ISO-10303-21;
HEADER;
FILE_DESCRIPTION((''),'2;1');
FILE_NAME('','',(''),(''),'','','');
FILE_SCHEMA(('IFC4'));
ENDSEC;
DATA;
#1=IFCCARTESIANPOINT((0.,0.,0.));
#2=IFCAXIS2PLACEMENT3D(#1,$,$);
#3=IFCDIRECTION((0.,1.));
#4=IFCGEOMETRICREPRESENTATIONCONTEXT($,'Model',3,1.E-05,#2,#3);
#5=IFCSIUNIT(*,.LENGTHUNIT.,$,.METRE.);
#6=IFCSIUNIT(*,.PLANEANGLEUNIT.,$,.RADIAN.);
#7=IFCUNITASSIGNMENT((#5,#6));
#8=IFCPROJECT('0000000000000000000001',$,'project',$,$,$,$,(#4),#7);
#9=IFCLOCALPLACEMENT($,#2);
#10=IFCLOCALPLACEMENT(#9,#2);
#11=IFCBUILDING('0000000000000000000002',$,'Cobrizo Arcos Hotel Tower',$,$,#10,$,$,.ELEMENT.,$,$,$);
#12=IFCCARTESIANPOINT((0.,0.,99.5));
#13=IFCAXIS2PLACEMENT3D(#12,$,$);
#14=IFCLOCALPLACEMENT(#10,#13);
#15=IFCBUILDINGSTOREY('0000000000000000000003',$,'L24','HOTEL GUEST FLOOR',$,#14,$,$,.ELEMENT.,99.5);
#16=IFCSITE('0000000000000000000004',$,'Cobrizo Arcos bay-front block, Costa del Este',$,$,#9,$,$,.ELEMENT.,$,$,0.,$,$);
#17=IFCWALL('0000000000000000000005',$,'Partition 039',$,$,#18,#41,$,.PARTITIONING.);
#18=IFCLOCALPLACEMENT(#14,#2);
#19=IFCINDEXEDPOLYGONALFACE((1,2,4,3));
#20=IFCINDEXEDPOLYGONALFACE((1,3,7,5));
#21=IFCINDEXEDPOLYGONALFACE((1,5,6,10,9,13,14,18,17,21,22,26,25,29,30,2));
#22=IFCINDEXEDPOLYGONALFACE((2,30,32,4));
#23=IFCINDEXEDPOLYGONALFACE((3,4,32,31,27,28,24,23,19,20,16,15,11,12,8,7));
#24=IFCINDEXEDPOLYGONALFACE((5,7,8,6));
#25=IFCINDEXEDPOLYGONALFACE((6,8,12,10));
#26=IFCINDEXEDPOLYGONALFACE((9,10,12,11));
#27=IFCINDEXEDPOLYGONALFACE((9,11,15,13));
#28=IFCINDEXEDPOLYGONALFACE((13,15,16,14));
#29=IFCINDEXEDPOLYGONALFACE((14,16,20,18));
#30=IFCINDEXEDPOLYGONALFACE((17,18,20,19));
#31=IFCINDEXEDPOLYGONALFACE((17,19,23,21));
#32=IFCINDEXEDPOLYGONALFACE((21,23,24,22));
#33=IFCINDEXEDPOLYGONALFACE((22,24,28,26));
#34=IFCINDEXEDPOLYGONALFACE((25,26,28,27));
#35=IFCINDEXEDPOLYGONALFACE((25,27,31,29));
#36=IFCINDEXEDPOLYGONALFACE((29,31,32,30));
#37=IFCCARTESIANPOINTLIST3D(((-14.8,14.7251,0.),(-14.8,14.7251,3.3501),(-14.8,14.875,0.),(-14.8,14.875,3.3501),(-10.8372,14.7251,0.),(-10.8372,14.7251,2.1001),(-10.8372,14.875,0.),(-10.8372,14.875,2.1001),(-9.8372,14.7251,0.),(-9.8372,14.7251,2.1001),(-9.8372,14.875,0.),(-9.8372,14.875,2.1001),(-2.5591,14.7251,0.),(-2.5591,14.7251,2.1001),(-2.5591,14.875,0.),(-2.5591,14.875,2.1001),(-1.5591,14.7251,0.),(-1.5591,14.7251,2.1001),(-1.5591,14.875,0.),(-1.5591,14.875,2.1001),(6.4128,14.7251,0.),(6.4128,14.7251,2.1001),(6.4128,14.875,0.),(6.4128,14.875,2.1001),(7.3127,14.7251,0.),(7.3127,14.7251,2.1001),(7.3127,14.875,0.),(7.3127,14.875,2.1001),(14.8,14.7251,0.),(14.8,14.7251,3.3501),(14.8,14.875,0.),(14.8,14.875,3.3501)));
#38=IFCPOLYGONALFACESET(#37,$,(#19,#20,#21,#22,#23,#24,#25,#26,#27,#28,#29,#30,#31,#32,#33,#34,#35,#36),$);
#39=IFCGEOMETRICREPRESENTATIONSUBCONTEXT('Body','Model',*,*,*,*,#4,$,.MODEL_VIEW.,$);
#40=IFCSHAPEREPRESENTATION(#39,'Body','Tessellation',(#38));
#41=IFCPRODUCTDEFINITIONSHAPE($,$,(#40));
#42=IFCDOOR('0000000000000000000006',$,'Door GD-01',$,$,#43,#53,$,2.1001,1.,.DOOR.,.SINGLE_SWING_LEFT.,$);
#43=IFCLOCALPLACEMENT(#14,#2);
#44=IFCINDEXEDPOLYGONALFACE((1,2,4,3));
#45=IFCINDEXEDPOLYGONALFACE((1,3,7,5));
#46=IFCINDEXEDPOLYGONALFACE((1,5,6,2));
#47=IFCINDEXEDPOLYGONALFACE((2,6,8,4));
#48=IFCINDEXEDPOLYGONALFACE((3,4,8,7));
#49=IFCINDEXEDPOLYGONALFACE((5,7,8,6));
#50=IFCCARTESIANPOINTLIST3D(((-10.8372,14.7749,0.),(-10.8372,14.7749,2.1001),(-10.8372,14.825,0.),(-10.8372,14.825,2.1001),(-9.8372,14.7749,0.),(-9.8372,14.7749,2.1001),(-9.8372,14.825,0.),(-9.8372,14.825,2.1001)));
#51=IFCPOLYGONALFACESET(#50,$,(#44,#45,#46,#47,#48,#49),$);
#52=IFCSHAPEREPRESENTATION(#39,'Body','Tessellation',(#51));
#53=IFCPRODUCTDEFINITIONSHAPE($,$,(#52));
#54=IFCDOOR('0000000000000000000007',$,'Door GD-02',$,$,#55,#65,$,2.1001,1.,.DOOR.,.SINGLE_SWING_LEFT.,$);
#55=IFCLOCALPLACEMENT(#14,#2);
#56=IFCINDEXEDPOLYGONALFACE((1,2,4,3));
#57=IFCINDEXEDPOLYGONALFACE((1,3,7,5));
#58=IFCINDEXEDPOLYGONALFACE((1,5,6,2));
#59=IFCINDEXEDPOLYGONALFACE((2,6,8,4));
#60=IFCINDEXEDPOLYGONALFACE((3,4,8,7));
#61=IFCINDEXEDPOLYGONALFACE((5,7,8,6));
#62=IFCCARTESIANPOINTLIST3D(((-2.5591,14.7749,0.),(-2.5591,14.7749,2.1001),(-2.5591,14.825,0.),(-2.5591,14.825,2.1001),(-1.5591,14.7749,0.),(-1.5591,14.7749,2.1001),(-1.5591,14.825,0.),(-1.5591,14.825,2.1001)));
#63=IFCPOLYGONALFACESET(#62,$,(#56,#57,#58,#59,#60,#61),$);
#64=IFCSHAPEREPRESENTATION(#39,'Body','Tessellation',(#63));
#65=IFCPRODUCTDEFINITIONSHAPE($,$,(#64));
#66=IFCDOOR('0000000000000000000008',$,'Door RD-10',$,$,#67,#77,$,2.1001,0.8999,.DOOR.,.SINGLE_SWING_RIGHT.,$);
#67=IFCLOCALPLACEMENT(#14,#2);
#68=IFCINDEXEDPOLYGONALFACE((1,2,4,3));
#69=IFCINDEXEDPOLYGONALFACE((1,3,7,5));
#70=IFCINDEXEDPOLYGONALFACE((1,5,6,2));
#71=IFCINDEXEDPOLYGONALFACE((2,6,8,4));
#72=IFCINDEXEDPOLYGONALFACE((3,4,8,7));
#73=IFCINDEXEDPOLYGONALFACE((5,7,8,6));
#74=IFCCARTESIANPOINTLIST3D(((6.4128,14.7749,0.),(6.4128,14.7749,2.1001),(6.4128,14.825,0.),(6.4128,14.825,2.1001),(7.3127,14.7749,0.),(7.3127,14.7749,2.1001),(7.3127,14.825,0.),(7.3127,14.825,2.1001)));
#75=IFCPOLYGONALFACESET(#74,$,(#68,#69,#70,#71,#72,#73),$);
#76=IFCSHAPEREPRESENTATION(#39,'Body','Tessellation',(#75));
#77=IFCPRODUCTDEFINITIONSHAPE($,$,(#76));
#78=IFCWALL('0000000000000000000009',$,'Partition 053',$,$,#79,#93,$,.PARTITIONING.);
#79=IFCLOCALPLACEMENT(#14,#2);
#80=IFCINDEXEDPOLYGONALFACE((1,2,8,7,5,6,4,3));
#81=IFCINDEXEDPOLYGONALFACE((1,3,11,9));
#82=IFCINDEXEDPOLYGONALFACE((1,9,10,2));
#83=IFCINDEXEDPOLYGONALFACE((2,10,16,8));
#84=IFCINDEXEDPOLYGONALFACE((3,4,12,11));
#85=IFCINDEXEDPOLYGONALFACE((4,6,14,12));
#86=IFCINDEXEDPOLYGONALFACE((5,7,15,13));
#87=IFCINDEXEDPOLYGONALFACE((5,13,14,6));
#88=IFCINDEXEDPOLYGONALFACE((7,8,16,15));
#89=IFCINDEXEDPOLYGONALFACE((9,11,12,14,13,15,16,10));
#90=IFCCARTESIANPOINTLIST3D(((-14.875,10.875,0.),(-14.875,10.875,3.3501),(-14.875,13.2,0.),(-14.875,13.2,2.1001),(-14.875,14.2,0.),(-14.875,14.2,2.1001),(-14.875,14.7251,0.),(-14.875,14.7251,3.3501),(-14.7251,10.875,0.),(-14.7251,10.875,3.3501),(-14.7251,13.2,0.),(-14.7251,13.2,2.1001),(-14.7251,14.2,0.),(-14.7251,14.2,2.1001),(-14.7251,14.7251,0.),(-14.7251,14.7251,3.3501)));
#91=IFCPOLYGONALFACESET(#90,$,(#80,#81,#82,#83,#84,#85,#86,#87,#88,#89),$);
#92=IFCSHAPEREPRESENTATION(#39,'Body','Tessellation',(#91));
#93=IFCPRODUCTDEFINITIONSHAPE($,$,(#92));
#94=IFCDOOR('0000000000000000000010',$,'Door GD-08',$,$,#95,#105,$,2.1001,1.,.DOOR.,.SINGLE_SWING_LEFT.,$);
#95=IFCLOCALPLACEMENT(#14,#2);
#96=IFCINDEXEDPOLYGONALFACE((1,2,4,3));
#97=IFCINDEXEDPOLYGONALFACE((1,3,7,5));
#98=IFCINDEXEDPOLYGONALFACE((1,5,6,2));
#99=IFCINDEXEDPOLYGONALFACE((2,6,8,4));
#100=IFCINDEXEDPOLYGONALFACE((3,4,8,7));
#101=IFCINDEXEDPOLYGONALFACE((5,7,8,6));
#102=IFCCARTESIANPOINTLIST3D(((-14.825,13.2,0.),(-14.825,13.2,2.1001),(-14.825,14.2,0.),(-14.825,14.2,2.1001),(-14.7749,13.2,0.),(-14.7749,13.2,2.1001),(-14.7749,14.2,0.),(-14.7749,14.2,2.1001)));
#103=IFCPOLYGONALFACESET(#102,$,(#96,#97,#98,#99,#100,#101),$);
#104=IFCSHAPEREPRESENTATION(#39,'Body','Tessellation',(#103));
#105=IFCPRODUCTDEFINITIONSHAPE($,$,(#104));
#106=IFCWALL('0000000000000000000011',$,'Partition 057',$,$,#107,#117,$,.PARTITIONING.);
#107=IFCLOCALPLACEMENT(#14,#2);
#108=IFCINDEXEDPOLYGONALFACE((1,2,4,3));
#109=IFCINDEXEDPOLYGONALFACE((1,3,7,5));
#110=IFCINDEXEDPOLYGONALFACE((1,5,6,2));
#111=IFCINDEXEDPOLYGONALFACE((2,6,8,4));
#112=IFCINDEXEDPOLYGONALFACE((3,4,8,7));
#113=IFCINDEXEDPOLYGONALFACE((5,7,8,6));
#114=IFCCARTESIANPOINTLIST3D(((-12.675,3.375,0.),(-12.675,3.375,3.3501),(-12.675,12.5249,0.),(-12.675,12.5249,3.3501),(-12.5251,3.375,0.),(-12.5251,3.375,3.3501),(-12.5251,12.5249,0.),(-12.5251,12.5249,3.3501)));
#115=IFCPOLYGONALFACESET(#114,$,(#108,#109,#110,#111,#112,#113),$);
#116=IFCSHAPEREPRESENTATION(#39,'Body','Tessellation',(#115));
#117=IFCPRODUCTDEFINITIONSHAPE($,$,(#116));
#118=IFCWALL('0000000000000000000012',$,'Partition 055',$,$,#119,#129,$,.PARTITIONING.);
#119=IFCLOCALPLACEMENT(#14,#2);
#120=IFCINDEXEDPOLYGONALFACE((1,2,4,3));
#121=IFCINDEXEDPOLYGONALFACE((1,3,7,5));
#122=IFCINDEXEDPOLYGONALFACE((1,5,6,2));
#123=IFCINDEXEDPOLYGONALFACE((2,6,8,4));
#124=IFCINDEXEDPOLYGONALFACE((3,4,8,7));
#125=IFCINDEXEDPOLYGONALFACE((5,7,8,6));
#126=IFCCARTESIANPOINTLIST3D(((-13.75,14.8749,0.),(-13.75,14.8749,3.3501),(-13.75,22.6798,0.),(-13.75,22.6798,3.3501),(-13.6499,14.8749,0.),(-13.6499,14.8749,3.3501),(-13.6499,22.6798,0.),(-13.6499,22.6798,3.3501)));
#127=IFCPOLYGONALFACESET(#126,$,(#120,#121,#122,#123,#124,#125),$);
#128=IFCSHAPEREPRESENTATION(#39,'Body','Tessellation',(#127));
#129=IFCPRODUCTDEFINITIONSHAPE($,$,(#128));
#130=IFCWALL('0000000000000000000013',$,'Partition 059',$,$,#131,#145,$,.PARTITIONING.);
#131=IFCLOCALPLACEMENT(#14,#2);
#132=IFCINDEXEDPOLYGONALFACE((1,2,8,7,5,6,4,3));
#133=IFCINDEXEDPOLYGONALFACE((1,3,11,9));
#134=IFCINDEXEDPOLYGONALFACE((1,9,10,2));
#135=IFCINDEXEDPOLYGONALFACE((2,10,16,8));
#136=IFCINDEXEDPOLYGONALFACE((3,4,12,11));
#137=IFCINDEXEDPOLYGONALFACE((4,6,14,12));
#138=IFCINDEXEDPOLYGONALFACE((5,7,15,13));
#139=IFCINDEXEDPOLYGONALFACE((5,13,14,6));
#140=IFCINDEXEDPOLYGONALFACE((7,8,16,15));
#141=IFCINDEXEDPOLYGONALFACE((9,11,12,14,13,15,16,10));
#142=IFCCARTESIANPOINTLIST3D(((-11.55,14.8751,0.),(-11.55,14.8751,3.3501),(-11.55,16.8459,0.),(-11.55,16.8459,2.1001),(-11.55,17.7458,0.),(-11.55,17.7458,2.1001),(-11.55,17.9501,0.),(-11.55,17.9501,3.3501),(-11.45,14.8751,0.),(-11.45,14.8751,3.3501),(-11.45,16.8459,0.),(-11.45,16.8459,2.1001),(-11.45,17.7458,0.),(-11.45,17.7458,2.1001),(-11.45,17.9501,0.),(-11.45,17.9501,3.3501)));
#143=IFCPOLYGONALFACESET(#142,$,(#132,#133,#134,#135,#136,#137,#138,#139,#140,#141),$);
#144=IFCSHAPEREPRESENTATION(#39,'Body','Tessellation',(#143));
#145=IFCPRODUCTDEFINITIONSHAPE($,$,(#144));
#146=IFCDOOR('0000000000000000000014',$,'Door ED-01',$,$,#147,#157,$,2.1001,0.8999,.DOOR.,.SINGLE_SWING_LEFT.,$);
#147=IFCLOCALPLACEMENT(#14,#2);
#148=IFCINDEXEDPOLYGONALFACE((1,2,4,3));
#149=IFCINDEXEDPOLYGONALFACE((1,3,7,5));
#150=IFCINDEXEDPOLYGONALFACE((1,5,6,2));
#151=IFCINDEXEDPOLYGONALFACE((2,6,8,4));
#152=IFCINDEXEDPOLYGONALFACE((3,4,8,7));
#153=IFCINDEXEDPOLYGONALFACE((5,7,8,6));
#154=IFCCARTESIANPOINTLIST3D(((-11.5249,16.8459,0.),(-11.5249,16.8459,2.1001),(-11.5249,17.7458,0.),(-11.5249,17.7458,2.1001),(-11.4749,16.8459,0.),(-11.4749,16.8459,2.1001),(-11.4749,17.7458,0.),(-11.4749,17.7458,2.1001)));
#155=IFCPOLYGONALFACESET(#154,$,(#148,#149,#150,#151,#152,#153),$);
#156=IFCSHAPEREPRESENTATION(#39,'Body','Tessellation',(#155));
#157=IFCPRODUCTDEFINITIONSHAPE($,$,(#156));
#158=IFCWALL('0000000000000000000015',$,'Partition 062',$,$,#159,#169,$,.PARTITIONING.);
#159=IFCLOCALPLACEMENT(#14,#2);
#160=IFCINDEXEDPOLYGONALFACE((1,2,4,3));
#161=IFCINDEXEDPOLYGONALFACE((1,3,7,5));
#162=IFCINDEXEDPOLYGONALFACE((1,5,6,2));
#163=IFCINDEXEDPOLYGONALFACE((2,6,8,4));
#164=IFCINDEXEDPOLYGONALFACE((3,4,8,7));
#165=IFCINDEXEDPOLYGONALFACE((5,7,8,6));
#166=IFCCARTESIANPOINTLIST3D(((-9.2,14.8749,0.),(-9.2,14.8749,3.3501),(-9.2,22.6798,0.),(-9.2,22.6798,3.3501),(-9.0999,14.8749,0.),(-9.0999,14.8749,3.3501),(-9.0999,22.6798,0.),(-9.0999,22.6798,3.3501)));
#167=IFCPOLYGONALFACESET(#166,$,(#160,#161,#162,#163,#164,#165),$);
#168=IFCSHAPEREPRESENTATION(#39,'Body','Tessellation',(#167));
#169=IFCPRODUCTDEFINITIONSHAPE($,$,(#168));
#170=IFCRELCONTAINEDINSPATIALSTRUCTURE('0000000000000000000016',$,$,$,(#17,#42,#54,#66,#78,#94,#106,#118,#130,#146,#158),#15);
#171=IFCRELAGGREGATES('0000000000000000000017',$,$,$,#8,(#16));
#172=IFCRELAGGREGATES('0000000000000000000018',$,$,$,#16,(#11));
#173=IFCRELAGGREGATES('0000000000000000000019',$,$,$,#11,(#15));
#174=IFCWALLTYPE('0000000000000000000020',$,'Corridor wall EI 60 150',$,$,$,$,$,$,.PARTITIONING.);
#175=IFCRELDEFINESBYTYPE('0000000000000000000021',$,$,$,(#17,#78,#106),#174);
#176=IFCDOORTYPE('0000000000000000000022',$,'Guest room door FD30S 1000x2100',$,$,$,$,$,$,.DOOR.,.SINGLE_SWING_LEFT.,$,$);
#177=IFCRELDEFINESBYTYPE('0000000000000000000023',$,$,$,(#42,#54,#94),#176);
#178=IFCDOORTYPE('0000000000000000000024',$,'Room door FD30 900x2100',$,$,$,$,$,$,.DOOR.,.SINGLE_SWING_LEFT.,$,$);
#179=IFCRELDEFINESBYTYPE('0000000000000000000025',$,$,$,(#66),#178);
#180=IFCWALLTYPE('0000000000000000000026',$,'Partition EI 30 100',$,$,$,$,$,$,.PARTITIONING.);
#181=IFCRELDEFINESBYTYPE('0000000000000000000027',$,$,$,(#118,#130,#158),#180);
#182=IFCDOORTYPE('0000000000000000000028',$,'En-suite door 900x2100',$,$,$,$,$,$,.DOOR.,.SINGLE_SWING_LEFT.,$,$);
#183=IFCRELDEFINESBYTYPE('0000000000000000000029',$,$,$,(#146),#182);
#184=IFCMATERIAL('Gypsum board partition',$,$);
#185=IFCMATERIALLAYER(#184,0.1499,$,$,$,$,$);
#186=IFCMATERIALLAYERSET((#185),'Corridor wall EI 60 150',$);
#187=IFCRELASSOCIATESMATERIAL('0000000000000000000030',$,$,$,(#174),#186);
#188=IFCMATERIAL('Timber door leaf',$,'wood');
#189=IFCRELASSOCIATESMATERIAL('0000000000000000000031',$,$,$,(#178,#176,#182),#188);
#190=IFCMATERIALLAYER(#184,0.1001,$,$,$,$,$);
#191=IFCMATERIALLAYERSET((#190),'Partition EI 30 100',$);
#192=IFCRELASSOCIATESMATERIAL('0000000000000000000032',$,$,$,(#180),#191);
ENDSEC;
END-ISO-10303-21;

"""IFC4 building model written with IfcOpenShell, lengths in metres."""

from ifc_helpers import new_model, si_unit, direction, frame, frame_2d, origin, place, context, subcontext, project, spatial, rectangle, extrude, material, layer, layer_set, type_object, element, fill, save


model = new_model("IFC4")

# Units and contexts
model_context = context("Model", 3, precision=1e-05, world=origin(), true_north=direction((0.0, 1.0)))
body_context = subcontext(model_context, "Body", "Model", "MODEL_VIEW")
ifc_project = project(units=[si_unit("LENGTHUNIT", "METRE"), si_unit("PLANEANGLEUNIT", "RADIAN")], contexts=[model_context])

# Site, building, storey
site_placement = place(None, origin())
site = spatial("IfcSite", under=ifc_project, at=site_placement, Name="Cobrizo Arcos bay-front block, Costa del Este", CompositionType="ELEMENT", RefElevation=0.0)
building_placement = place(site_placement, origin())
building = spatial("IfcBuilding", under=site, at=building_placement, Name="Cobrizo Arcos Hotel Tower", CompositionType="ELEMENT")
storey_placement = place(building_placement, frame((0.0, 0.0, 99.5)))
storey = spatial("IfcBuildingStorey", under=building, at=storey_placement, Name="L24", Description="HOTEL GUEST FLOOR", CompositionType="ELEMENT", Elevation=99.5)

# Shared definitions
ifc_material_1 = material(Name="Gypsum board partition")
ifc_layer_1 = layer(ifc_material_1, 0.1499)
ifc_layer_set_1 = layer_set([ifc_layer_1], Name="Corridor wall EI 60 150")
wall_type_1 = type_object("IfcWallType", Name="Corridor wall EI 60 150", PredefinedType="PARTITIONING", material=ifc_layer_set_1)

# Wall, openings, doors
ifc_material_2 = material(Name="Timber door leaf", Category="wood")
door_type_1 = type_object("IfcDoorType", Name="Room door FD30 900x2100", OperationType="SINGLE_SWING_LEFT", PredefinedType="DOOR", material=ifc_material_2)
wall_1_placement = place(storey_placement, frame((-14.8, 14.8, 0.0), z_axis=(0.0, 0.0, 1.0), x_axis=(1.0, 0.0, 0.0)))
wall_1 = element("IfcWall", 1, at=wall_1_placement, inside=storey, type_object=wall_type_1, Name="Partition 039", PredefinedType="PARTITIONING", context=body_context, shape_type="SweptSolid", body=[
    extrude(rectangle(XDim=29.6001, YDim=0.1499, at=frame_2d((14.8, 0.0))), origin(), (0.0, 0.0, 1.0), 3.3501),
])
opening_1_placement = place(wall_1_placement, frame((3.9629, 0.0, 0.0)))
opening_1 = element("IfcOpeningElement", 2, at=opening_1_placement, cuts=wall_1, PredefinedType="OPENING", context=body_context, shape_type="SweptSolid", body=[
    extrude(rectangle(XDim=1.0, YDim=2.1001, at=frame_2d((0.5, 1.05))), frame((0.0, 0.0869, 0.0), z_axis=(0.0, -1.0, 0.0), x_axis=(1.0, 0.0, 0.0)), (0.0, 0.0, 1.0), 0.1738),
])
opening_2_placement = place(wall_1_placement, frame((12.241, 0.0, 0.0)))
opening_2 = element("IfcOpeningElement", 3, at=opening_2_placement, cuts=wall_1, PredefinedType="OPENING", context=body_context, shape_type="SweptSolid", body=[
    extrude(rectangle(XDim=1.0, YDim=2.1001, at=frame_2d((0.5, 1.05))), frame((0.0, 0.0869, 0.0), z_axis=(0.0, -1.0, 0.0), x_axis=(1.0, 0.0, 0.0)), (0.0, 0.0, 1.0), 0.1738),
])
opening_3_placement = place(wall_1_placement, frame((21.2129, 0.0, 0.0)))
opening_3 = element("IfcOpeningElement", 4, at=opening_3_placement, cuts=wall_1, PredefinedType="OPENING", context=body_context, shape_type="SweptSolid", body=[
    extrude(rectangle(XDim=0.8999, YDim=2.1001, at=frame_2d((0.45, 1.05))), frame((0.0, 0.0869, 0.0), z_axis=(0.0, -1.0, 0.0), x_axis=(1.0, 0.0, 0.0)), (0.0, 0.0, 1.0), 0.1738),
])
door_type_2 = type_object("IfcDoorType", Name="Guest room door FD30S 1000x2100", OperationType="SINGLE_SWING_LEFT", PredefinedType="DOOR", material=ifc_material_2)
door_1_placement = place(opening_1_placement, origin())
door_1 = element("IfcDoor", 5, at=door_1_placement, inside=storey, type_object=door_type_2, Name="Door GD-01", OperationType="SINGLE_SWING_LEFT", OverallHeight=2.1001, OverallWidth=1.0, PredefinedType="DOOR", context=body_context, shape_type="SweptSolid", body=[
    extrude(rectangle(XDim=1.0, YDim=2.1001, at=frame_2d((0.5, 1.05))), frame((0.0, 0.0249, 0.0), z_axis=(0.0, -1.0, 0.0), x_axis=(1.0, 0.0, 0.0)), (0.0, 0.0, 1.0), 0.05),
])
fill(opening_1, door_1)
door_2_placement = place(opening_2_placement, origin())
door_2 = element("IfcDoor", 6, at=door_2_placement, inside=storey, type_object=door_type_2, Name="Door GD-02", OperationType="SINGLE_SWING_LEFT", OverallHeight=2.1001, OverallWidth=1.0, PredefinedType="DOOR", context=body_context, shape_type="SweptSolid", body=[
    extrude(rectangle(XDim=1.0, YDim=2.1001, at=frame_2d((0.5, 1.05))), frame((0.0, 0.0249, 0.0), z_axis=(0.0, -1.0, 0.0), x_axis=(1.0, 0.0, 0.0)), (0.0, 0.0, 1.0), 0.05),
])
fill(opening_2, door_2)
door_3_placement = place(opening_3_placement, origin())
door_3 = element("IfcDoor", 7, at=door_3_placement, inside=storey, type_object=door_type_1, Name="Door RD-10", OperationType="SINGLE_SWING_RIGHT", OverallHeight=2.1001, OverallWidth=0.8999, PredefinedType="DOOR", context=body_context, shape_type="SweptSolid", body=[
    extrude(rectangle(XDim=0.8999, YDim=2.1001, at=frame_2d((0.45, 1.05))), frame((0.0, 0.0249, 0.0), z_axis=(0.0, -1.0, 0.0), x_axis=(1.0, 0.0, 0.0)), (0.0, 0.0, 1.0), 0.05),
])
fill(opening_3, door_3)

# Wall, opening, door
wall_2_placement = place(storey_placement, frame((-14.8, 10.875, 0.0), z_axis=(0.0, 0.0, 1.0), x_axis=(0.0, 1.0, 0.0)))
wall_2 = element("IfcWall", 8, at=wall_2_placement, inside=storey, type_object=wall_type_1, Name="Partition 053", PredefinedType="PARTITIONING", context=body_context, shape_type="SweptSolid", body=[
    extrude(rectangle(XDim=3.8501, YDim=0.1499, at=frame_2d((1.925, 0.0))), origin(), (0.0, 0.0, 1.0), 3.3501),
])
opening_4_placement = place(wall_2_placement, frame((2.325, 0.0, 0.0)))
opening_4 = element("IfcOpeningElement", 9, at=opening_4_placement, cuts=wall_2, PredefinedType="OPENING", context=body_context, shape_type="SweptSolid", body=[
    extrude(rectangle(XDim=1.0, YDim=2.1001, at=frame_2d((0.5, 1.05))), frame((0.0, 0.0869, 0.0), z_axis=(0.0, -1.0, 0.0), x_axis=(1.0, 0.0, 0.0)), (0.0, 0.0, 1.0), 0.1738),
])
door_4_placement = place(opening_4_placement, origin())
door_4 = element("IfcDoor", 10, at=door_4_placement, inside=storey, type_object=door_type_2, Name="Door GD-08", OperationType="SINGLE_SWING_LEFT", OverallHeight=2.1001, OverallWidth=1.0, PredefinedType="DOOR", context=body_context, shape_type="SweptSolid", body=[
    extrude(rectangle(XDim=1.0, YDim=2.1001, at=frame_2d((0.5, 1.05))), frame((0.0, 0.0249, 0.0), z_axis=(0.0, -1.0, 0.0), x_axis=(1.0, 0.0, 0.0)), (0.0, 0.0, 1.0), 0.05),
])
fill(opening_4, door_4)

# Walls
wall_3_placement = place(storey_placement, frame((-12.6001, 3.375, 0.0), z_axis=(0.0, 0.0, 1.0), x_axis=(0.0, 1.0, 0.0)))
element("IfcWall", 11, at=wall_3_placement, inside=storey, type_object=wall_type_1, Name="Partition 057", PredefinedType="PARTITIONING", context=body_context, shape_type="SweptSolid", body=[
    extrude(rectangle(XDim=9.1499, YDim=0.1499, at=frame_2d((4.575, 0.0))), origin(), (0.0, 0.0, 1.0), 3.3501),
])
ifc_layer_2 = layer(ifc_material_1, 0.1001)
ifc_layer_set_2 = layer_set([ifc_layer_2], Name="Partition EI 30 100")
wall_type_2 = type_object("IfcWallType", Name="Partition EI 30 100", PredefinedType="PARTITIONING", material=ifc_layer_set_2)
wall_4_placement = place(storey_placement, frame((-13.7, 14.875, 0.0), z_axis=(0.0, 0.0, 1.0), x_axis=(0.0, 1.0, 0.0)))
element("IfcWall", 12, at=wall_4_placement, inside=storey, type_object=wall_type_2, Name="Partition 055", PredefinedType="PARTITIONING", context=body_context, shape_type="SweptSolid", body=[
    extrude(rectangle(XDim=7.8049, YDim=0.1001, at=frame_2d((3.9023, 0.0))), origin(), (0.0, 0.0, 1.0), 3.3501),
])

# Wall, opening, door
wall_5_placement = place(storey_placement, frame((-11.5, 14.875, 0.0), z_axis=(0.0, 0.0, 1.0), x_axis=(0.0, 1.0, 0.0)))
wall_5 = element("IfcWall", 13, at=wall_5_placement, inside=storey, type_object=wall_type_2, Name="Partition 059", PredefinedType="PARTITIONING", context=body_context, shape_type="SweptSolid", body=[
    extrude(rectangle(XDim=3.075, YDim=0.1001, at=frame_2d((1.5376, 0.0))), origin(), (0.0, 0.0, 1.0), 3.3501),
])
opening_5_placement = place(wall_5_placement, frame((1.9709, 0.0, 0.0)))
opening_5 = element("IfcOpeningElement", 14, at=opening_5_placement, cuts=wall_5, PredefinedType="OPENING", context=body_context, shape_type="SweptSolid", body=[
    extrude(rectangle(XDim=0.8999, YDim=2.1001, at=frame_2d((0.45, 1.05))), frame((0.0, 0.062, 0.0), z_axis=(0.0, -1.0, 0.0), x_axis=(1.0, 0.0, 0.0)), (0.0, 0.0, 1.0), 0.124),
])
door_type_3 = type_object("IfcDoorType", Name="En-suite door 900x2100", OperationType="SINGLE_SWING_LEFT", PredefinedType="DOOR", material=ifc_material_2)
door_5_placement = place(opening_5_placement, origin())
door_5 = element("IfcDoor", 15, at=door_5_placement, inside=storey, type_object=door_type_3, Name="Door ED-01", OperationType="SINGLE_SWING_LEFT", OverallHeight=2.1001, OverallWidth=0.8999, PredefinedType="DOOR", context=body_context, shape_type="SweptSolid", body=[
    extrude(rectangle(XDim=0.8999, YDim=2.1001, at=frame_2d((0.45, 1.05))), frame((0.0, 0.0249, 0.0), z_axis=(0.0, -1.0, 0.0), x_axis=(1.0, 0.0, 0.0)), (0.0, 0.0, 1.0), 0.05),
])
fill(opening_5, door_5)

# Wall
wall_6_placement = place(storey_placement, frame((-9.1499, 14.875, 0.0), z_axis=(0.0, 0.0, 1.0), x_axis=(0.0, 1.0, 0.0)))
element("IfcWall", 16, at=wall_6_placement, inside=storey, type_object=wall_type_2, Name="Partition 062", PredefinedType="PARTITIONING", context=body_context, shape_type="SweptSolid", body=[
    extrude(rectangle(XDim=7.8049, YDim=0.1001, at=frame_2d((3.9023, 0.0))), origin(), (0.0, 0.0, 1.0), 3.3501),
])

save(model, "model.ifc")
